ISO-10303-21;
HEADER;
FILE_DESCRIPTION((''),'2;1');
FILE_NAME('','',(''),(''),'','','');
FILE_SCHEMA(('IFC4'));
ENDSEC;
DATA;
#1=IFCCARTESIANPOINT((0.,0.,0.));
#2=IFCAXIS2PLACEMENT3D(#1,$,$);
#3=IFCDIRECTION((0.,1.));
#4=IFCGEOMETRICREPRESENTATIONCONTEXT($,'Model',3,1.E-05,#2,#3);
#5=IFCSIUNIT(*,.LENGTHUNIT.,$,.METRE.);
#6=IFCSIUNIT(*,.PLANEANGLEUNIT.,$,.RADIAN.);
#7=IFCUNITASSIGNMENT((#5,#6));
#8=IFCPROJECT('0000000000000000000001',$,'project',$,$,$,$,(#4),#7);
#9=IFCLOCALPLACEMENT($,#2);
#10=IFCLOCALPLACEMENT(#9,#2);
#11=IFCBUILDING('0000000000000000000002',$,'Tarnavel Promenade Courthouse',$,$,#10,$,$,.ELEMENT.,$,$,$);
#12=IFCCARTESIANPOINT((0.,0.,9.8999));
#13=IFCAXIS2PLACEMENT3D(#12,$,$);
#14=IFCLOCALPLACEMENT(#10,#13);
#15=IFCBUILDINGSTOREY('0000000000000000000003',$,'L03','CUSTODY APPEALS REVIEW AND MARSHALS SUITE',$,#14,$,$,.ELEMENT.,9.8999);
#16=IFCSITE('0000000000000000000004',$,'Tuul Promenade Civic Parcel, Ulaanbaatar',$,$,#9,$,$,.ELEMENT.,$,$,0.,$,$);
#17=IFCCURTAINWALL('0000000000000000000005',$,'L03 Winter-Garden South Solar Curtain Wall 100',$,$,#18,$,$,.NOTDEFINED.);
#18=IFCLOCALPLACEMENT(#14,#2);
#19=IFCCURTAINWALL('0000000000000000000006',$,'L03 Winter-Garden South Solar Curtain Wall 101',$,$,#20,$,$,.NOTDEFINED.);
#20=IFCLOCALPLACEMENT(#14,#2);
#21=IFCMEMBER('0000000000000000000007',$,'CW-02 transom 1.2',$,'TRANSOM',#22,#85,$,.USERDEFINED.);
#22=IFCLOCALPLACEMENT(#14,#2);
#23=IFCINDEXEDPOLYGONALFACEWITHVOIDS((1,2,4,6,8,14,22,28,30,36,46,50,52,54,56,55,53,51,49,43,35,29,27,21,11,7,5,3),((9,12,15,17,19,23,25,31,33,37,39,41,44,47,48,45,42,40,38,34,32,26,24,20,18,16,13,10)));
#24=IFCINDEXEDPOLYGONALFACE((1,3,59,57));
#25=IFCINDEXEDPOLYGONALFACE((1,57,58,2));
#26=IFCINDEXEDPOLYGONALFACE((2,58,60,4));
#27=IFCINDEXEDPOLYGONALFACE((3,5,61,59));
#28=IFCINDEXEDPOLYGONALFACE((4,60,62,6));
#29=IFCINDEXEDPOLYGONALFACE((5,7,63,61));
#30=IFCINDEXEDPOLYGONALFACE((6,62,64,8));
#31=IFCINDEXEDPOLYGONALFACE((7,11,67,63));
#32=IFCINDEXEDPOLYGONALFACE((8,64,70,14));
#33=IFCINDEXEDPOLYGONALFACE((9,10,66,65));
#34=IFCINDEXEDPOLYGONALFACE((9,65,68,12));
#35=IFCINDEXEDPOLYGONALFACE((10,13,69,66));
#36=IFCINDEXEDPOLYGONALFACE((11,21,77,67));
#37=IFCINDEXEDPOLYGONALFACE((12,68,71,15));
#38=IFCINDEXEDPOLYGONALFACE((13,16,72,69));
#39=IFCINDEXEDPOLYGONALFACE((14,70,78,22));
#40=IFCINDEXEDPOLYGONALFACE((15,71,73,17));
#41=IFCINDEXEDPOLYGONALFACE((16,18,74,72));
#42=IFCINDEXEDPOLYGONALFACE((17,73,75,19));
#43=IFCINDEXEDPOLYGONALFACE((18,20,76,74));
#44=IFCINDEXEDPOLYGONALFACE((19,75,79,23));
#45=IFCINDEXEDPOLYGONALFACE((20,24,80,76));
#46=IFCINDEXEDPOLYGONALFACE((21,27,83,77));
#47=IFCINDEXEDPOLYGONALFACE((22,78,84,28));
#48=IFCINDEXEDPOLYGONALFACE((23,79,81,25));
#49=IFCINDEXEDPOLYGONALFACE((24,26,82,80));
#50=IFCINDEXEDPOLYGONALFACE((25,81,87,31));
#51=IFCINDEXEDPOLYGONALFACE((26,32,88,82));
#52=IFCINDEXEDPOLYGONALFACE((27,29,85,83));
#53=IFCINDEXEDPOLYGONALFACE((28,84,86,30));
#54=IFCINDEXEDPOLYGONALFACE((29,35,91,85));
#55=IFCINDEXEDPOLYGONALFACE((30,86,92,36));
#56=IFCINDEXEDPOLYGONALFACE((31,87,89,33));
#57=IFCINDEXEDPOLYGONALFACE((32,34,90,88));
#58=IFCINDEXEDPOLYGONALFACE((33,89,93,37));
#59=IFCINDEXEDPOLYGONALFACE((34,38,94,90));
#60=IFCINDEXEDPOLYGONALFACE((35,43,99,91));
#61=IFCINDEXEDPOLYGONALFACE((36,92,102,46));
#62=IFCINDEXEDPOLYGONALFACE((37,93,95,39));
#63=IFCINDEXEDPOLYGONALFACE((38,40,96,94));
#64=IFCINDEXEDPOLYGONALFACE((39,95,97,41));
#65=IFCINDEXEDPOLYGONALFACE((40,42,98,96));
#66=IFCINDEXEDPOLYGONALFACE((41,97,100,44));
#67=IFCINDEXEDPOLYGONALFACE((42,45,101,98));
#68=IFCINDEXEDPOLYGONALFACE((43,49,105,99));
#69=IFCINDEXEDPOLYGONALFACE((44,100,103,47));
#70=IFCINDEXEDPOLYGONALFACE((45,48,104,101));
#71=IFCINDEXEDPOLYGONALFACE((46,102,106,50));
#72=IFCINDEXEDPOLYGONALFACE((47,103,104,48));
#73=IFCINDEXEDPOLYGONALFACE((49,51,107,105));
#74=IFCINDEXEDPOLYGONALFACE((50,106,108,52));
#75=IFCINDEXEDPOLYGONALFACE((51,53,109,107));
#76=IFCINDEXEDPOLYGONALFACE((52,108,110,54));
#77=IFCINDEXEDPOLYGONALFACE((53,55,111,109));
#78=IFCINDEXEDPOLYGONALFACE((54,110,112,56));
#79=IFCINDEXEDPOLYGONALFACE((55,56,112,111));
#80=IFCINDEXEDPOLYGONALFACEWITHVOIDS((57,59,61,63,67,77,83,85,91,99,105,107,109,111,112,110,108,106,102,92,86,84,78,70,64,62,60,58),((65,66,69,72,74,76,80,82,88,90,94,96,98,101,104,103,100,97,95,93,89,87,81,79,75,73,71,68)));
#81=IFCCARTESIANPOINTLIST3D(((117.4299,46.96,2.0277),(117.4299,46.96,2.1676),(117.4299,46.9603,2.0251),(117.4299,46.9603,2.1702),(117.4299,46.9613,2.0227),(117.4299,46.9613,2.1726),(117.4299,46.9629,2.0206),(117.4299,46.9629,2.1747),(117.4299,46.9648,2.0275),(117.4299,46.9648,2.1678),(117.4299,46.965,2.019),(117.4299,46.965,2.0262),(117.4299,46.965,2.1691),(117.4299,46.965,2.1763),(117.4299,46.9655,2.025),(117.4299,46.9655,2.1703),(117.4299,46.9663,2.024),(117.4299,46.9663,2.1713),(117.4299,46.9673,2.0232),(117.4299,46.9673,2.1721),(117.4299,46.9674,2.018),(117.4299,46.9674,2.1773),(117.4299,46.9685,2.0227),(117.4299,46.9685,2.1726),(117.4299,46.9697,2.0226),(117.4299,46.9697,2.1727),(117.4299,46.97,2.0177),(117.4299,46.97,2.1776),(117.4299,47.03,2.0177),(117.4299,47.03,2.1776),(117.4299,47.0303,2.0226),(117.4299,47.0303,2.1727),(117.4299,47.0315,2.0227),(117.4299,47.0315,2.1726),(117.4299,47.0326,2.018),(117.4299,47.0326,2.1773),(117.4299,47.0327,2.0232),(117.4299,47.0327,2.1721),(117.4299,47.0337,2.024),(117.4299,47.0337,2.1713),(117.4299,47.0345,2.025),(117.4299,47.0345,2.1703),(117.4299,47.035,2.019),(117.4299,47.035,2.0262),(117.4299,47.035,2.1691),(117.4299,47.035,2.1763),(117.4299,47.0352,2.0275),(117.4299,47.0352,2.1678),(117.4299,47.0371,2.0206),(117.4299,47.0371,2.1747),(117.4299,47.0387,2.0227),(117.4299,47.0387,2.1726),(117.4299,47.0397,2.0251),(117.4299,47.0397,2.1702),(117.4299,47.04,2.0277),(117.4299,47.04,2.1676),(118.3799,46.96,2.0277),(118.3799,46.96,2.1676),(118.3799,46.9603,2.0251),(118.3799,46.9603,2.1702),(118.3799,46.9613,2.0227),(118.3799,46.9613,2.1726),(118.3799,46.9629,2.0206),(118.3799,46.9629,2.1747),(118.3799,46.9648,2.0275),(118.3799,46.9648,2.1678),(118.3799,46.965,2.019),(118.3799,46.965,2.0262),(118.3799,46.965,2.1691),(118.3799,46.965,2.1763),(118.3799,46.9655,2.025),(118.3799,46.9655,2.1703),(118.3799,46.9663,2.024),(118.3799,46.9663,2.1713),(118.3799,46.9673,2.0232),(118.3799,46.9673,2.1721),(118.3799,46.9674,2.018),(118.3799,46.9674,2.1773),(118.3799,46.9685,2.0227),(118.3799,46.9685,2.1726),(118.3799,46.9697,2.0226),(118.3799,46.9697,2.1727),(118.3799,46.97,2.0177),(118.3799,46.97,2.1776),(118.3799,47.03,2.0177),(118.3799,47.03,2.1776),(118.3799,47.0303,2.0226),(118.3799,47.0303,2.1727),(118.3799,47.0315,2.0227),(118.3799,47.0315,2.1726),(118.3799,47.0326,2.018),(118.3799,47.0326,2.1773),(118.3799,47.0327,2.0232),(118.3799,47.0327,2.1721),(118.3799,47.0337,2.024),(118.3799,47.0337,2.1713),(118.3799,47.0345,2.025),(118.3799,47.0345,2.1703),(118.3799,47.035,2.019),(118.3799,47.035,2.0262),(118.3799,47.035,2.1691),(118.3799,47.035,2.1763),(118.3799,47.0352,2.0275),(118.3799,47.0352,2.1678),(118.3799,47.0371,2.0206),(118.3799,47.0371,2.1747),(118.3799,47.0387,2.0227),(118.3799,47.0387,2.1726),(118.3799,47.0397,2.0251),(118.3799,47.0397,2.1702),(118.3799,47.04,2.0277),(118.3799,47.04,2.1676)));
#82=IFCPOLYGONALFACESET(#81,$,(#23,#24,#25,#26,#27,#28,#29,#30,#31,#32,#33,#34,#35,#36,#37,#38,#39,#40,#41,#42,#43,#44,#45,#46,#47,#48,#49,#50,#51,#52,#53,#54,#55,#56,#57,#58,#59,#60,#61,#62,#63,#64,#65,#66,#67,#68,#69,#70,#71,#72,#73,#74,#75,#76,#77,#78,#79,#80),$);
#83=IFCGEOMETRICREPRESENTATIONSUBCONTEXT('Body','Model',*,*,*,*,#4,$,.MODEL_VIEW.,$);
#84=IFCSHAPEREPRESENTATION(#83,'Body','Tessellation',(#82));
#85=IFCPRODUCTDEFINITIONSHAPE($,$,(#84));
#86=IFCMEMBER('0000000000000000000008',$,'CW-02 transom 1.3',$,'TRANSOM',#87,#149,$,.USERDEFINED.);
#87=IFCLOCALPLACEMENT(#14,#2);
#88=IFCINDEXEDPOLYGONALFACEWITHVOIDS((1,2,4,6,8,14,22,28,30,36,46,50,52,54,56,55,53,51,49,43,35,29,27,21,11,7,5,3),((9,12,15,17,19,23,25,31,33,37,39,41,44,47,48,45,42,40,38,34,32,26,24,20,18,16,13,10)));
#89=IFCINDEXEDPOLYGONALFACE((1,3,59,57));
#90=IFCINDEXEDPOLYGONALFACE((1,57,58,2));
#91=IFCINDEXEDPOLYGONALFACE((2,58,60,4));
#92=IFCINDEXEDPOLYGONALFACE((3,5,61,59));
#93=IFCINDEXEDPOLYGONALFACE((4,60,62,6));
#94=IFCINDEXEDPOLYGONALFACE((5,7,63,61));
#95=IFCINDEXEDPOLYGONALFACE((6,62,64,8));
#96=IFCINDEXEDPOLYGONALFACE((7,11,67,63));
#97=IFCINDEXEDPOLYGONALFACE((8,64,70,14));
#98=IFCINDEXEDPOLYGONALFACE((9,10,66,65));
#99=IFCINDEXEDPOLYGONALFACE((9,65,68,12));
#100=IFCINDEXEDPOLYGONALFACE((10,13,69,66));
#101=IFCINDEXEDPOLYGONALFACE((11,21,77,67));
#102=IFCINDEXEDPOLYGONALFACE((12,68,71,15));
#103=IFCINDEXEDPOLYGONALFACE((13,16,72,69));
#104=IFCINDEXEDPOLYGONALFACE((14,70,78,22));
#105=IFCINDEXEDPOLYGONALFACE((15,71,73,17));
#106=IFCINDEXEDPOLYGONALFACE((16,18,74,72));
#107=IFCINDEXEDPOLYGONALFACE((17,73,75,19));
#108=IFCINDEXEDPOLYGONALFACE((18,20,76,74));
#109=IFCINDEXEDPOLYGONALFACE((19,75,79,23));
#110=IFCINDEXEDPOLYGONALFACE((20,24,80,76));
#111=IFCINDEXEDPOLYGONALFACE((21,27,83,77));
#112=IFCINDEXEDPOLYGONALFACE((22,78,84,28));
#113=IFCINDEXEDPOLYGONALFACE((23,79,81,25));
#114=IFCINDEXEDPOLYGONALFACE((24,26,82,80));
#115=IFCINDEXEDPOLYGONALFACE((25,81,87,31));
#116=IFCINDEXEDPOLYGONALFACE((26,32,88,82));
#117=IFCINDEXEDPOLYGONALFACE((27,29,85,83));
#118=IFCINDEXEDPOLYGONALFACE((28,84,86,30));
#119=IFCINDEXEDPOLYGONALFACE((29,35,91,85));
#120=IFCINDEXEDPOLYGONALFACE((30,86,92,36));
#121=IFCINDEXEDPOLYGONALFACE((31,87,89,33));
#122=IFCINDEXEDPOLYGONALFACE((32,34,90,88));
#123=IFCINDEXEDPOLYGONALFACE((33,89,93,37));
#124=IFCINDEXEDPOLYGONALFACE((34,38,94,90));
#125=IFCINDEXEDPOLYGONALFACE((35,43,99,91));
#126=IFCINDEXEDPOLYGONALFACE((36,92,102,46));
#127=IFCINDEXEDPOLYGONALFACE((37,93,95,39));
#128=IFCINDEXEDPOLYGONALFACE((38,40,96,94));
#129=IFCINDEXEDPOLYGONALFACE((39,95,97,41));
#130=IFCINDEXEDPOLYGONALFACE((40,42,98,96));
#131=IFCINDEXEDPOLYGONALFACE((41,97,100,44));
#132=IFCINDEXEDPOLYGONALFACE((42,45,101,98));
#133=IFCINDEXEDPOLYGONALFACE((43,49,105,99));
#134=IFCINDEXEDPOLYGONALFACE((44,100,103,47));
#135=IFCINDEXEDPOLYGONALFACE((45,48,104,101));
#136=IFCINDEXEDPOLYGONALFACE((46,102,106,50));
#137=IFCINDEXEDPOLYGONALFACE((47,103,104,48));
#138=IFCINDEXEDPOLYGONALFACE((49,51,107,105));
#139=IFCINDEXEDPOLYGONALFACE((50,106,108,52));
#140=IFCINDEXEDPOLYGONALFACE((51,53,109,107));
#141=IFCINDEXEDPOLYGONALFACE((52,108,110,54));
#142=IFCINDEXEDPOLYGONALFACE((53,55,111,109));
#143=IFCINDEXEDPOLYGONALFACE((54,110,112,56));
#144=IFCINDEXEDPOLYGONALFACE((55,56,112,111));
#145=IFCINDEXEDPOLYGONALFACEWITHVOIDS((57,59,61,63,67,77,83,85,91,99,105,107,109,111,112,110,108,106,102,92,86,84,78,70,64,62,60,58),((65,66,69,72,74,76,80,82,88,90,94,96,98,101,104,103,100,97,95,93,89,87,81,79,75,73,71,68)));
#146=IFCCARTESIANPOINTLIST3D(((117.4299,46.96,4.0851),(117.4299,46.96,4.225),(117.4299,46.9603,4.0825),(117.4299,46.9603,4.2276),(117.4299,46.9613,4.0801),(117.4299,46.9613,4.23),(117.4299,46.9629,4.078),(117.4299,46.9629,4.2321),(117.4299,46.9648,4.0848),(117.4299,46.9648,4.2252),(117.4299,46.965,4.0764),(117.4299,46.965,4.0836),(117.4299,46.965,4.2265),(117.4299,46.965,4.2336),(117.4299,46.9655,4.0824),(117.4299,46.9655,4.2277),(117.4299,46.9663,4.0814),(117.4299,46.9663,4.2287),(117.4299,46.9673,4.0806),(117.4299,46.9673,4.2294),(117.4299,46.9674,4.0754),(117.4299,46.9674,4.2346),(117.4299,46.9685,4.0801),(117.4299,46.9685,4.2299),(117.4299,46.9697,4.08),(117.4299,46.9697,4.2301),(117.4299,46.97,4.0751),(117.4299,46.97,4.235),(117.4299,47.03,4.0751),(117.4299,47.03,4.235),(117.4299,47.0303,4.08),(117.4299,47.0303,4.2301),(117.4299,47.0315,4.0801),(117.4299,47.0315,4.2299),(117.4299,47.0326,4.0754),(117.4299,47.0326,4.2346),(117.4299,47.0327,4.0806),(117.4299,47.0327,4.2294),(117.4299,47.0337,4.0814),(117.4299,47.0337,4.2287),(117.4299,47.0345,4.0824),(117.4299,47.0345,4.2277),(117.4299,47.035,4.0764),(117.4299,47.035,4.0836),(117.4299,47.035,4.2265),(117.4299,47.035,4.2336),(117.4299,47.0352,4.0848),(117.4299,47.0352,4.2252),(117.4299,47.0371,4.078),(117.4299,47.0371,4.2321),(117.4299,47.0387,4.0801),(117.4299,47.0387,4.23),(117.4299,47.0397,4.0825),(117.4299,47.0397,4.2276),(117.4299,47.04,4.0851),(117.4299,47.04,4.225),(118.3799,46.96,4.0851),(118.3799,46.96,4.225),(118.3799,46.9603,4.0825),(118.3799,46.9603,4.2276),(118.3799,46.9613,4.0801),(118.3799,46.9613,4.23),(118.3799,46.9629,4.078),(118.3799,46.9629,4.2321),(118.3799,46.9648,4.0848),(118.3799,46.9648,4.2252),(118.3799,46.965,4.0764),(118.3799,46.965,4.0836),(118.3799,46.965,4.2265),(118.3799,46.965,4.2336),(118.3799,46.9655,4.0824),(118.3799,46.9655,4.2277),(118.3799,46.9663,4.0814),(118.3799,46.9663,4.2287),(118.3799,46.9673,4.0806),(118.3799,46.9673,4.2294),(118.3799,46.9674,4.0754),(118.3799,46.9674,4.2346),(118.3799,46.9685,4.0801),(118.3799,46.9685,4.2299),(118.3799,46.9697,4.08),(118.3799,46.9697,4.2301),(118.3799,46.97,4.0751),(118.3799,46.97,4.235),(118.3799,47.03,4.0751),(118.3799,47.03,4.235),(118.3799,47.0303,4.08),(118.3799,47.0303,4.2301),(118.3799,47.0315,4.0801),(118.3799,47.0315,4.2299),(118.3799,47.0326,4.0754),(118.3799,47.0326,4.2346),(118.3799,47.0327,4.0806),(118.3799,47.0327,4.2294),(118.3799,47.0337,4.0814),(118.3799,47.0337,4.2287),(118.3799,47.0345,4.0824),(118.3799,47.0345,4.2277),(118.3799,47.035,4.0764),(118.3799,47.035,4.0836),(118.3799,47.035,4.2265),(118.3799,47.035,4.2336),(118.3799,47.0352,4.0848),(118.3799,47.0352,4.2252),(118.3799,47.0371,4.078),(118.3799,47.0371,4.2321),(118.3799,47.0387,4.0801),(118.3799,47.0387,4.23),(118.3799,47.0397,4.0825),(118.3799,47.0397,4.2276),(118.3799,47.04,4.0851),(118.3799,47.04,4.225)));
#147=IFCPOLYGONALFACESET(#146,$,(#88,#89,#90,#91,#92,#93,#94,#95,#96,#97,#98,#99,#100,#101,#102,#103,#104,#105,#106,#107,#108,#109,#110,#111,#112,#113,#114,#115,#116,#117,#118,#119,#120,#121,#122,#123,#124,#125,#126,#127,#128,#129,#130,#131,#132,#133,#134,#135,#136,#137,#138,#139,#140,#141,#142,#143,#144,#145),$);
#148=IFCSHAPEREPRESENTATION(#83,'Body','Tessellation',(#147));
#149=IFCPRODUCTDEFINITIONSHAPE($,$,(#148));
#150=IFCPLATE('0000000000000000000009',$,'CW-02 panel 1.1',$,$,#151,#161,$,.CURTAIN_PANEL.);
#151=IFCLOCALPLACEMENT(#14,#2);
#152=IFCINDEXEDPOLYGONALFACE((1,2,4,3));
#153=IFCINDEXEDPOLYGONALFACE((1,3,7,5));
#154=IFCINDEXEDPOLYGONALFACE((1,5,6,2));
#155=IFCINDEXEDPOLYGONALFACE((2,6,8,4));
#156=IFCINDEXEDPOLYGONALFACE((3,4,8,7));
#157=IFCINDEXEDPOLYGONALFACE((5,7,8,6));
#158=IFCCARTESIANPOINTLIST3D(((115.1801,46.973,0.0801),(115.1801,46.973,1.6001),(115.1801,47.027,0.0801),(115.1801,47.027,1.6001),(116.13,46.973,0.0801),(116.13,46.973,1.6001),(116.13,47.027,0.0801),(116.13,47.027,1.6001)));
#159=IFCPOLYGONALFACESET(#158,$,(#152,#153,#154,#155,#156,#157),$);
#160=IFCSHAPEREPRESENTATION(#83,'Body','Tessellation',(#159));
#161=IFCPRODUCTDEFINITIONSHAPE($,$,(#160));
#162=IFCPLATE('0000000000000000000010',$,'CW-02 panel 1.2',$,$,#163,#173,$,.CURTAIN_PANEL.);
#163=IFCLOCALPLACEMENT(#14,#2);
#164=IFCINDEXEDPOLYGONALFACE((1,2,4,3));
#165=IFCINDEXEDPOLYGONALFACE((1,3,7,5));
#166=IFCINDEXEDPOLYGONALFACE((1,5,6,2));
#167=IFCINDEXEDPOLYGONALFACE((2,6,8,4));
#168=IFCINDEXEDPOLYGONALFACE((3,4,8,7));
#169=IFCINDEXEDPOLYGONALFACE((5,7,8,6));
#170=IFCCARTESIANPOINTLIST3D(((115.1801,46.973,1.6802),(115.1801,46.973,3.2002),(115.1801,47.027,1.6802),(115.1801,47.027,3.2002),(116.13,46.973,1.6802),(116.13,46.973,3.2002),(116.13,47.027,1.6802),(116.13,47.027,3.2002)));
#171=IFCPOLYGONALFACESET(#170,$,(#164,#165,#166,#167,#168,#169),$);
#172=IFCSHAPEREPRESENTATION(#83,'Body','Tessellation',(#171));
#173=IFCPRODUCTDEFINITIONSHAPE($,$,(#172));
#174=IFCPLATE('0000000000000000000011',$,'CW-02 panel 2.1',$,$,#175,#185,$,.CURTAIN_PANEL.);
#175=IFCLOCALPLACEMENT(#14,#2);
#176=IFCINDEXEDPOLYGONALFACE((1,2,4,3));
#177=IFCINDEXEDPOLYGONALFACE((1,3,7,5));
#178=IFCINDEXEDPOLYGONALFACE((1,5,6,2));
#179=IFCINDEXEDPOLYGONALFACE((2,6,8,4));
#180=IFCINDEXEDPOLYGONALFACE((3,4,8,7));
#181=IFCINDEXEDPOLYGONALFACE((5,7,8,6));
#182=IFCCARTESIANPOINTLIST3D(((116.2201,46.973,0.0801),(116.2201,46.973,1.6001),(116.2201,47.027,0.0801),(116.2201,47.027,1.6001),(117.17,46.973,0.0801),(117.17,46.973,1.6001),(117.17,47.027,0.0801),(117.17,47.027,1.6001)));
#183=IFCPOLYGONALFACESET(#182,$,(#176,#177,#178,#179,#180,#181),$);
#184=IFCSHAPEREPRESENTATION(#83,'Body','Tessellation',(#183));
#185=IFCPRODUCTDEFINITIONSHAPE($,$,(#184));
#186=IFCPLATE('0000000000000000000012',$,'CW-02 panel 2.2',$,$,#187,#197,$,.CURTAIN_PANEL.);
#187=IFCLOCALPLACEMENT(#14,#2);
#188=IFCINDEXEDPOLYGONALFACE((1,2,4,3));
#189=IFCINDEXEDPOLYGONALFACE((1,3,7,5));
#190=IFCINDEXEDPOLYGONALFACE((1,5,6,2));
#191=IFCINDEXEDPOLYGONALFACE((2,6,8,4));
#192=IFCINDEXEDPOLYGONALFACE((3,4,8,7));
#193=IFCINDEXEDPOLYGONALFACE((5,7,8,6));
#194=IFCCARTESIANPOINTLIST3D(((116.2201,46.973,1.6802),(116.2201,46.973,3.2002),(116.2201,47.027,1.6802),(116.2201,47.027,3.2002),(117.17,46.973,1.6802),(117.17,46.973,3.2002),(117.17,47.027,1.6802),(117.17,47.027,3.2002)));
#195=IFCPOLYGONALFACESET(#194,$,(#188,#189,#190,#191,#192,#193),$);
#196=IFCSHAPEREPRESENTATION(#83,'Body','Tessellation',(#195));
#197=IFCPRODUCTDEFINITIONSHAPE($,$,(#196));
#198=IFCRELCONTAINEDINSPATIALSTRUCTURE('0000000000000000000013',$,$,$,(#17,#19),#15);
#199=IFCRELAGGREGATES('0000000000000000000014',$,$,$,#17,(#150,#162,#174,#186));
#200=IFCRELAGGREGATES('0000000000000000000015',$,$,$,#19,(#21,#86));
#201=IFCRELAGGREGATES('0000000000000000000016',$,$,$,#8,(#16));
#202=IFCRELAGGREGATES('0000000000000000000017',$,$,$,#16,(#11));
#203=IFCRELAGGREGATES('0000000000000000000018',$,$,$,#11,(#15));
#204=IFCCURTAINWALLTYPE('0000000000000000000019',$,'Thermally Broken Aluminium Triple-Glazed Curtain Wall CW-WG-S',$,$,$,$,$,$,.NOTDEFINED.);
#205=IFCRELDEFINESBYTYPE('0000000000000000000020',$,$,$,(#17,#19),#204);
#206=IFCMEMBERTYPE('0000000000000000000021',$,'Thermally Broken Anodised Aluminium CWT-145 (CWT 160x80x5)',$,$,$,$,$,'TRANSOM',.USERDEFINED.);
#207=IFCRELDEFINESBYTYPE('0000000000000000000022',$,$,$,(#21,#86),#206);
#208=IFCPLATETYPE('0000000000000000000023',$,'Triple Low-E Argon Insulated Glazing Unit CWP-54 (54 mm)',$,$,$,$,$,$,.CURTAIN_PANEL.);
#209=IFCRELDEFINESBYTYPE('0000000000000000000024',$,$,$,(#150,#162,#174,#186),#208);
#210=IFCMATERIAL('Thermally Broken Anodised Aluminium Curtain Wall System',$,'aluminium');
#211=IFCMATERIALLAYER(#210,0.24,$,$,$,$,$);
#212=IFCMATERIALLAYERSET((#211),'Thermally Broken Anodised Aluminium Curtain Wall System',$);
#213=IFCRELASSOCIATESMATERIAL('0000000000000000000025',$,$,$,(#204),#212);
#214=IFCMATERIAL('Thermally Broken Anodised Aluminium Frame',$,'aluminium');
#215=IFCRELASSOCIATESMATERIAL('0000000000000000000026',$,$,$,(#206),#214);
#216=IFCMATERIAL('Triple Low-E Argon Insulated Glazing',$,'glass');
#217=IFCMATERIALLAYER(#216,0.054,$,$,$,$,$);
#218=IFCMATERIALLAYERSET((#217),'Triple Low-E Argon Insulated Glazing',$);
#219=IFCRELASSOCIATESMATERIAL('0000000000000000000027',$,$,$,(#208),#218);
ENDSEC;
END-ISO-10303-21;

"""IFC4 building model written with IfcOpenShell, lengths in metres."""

from ifc_helpers import new_model, si_unit, direction, frame, origin, origin_2d, place, context, subcontext, project, spatial, rectangle, hollow_rectangle, extrude, material, layer, layer_set, material_profile, profile_set, type_object, element, aggregate, save


model = new_model("IFC4")

# Units and contexts
model_context = context("Model", 3, precision=1e-05, world=origin(), true_north=direction((0.0, 1.0)))
body_context = subcontext(model_context, "Body", "Model", "MODEL_VIEW")
ifc_project = project(units=[si_unit("LENGTHUNIT", "METRE"), si_unit("PLANEANGLEUNIT", "RADIAN")], contexts=[model_context])

# Site, building, storey
site_placement = place(None, origin())
site = spatial("IfcSite", under=ifc_project, at=site_placement, Name="Tuul Promenade Civic Parcel, Ulaanbaatar", CompositionType="ELEMENT", RefElevation=0.0)
building_placement = place(site_placement, origin())
building = spatial("IfcBuilding", under=site, at=building_placement, Name="Tarnavel Promenade Courthouse", CompositionType="ELEMENT")
storey_placement = place(building_placement, frame((0.0, 0.0, 9.8999)))
storey = spatial("IfcBuildingStorey", under=building, at=storey_placement, Name="L03", Description="CUSTODY APPEALS REVIEW AND MARSHALS SUITE", CompositionType="ELEMENT", Elevation=9.8999)

# Curtain walls
ifc_material_1 = material(Name="Thermally Broken Anodised Aluminium Curtain Wall System", Category="aluminium")
ifc_layer_1 = layer(ifc_material_1, 0.24)
ifc_layer_set_1 = layer_set([ifc_layer_1], Name="Thermally Broken Anodised Aluminium Curtain Wall System")
curtain_wall_type = type_object("IfcCurtainWallType", Name="Thermally Broken Aluminium Triple-Glazed Curtain Wall CW-WG-S", PredefinedType="NOTDEFINED", material=ifc_layer_set_1)
curtain_wall_1_placement = place(storey_placement, origin())
curtain_wall_1 = element("IfcCurtainWall", 1, at=curtain_wall_1_placement, inside=storey, type_object=curtain_wall_type, Name="L03 Winter-Garden South Solar Curtain Wall 100", PredefinedType="NOTDEFINED")
ifc_material_2 = material(Name="Thermally Broken Anodised Aluminium Frame", Category="aluminium")
curtain_wall_2_placement = place(storey_placement, origin())
curtain_wall_2 = element("IfcCurtainWall", 2, at=curtain_wall_2_placement, inside=storey, type_object=curtain_wall_type, Name="L03 Winter-Garden South Solar Curtain Wall 101", PredefinedType="NOTDEFINED")

# Members
ifc_material_profile_1 = material_profile(ifc_material_2, hollow_rectangle(XDim=0.0801, YDim=0.1599, WallThickness=0.0049, InnerFilletRadius=0.0049, OuterFilletRadius=0.01, at=origin_2d()), Name="CWT 160x80x5")
ifc_profile_set_1 = profile_set([ifc_material_profile_1], Name="Thermally Broken Anodised Aluminium Frame")
member_type_1 = type_object("IfcMemberType", Name="Thermally Broken Anodised Aluminium CWT-145 (CWT 160x80x5)", ElementType="TRANSOM", PredefinedType="USERDEFINED", material=ifc_profile_set_1)
member_1_placement = place(storey_placement, frame((117.4299, 47.0, 2.0977), z_axis=(1.0, 0.0, 0.0), x_axis=(0.0, 1.0, 0.0)))
member_1 = element("IfcMember", 3, at=member_1_placement, type_object=member_type_1, Name="CW-02 transom 1.2", ObjectType="TRANSOM", PredefinedType="USERDEFINED", context=body_context, shape_type="SweptSolid", body=[
    extrude(hollow_rectangle(XDim=0.0801, YDim=0.1599, WallThickness=0.0049, InnerFilletRadius=0.0049, OuterFilletRadius=0.01, at=origin_2d()), origin(), (0.0, 0.0, 1.0), 0.95),
])
member_2_placement = place(storey_placement, frame((117.4299, 47.0, 4.155), z_axis=(1.0, 0.0, 0.0), x_axis=(0.0, 1.0, 0.0)))
member_2 = element("IfcMember", 4, at=member_2_placement, type_object=member_type_1, Name="CW-02 transom 1.3", ObjectType="TRANSOM", PredefinedType="USERDEFINED", context=body_context, shape_type="SweptSolid", body=[
    extrude(hollow_rectangle(XDim=0.0801, YDim=0.1599, WallThickness=0.0049, InnerFilletRadius=0.0049, OuterFilletRadius=0.01, at=origin_2d()), origin(), (0.0, 0.0, 1.0), 0.95),
])

# Plates
ifc_material_3 = material(Name="Triple Low-E Argon Insulated Glazing", Category="glass")
ifc_layer_2 = layer(ifc_material_3, 0.054)
ifc_layer_set_2 = layer_set([ifc_layer_2], Name="Triple Low-E Argon Insulated Glazing")
plate_type = type_object("IfcPlateType", Name="Triple Low-E Argon Insulated Glazing Unit CWP-54 (54 mm)", PredefinedType="CURTAIN_PANEL", material=ifc_layer_set_2)
plate_1_placement = place(storey_placement, frame((115.655, 47.0, 0.0801), z_axis=(0.0, 0.0, 1.0), x_axis=(1.0, 0.0, 0.0)))
plate_1 = element("IfcPlate", 5, at=plate_1_placement, type_object=plate_type, Name="CW-02 panel 1.1", PredefinedType="CURTAIN_PANEL", context=body_context, shape_type="SweptSolid", body=[
    extrude(rectangle(XDim=0.95, YDim=0.054, at=origin_2d()), origin(), (0.0, 0.0, 1.0), 1.52),
])
plate_2_placement = place(storey_placement, frame((115.655, 47.0, 1.6802), z_axis=(0.0, 0.0, 1.0), x_axis=(1.0, 0.0, 0.0)))
plate_2 = element("IfcPlate", 6, at=plate_2_placement, type_object=plate_type, Name="CW-02 panel 1.2", PredefinedType="CURTAIN_PANEL", context=body_context, shape_type="SweptSolid", body=[
    extrude(rectangle(XDim=0.95, YDim=0.054, at=origin_2d()), origin(), (0.0, 0.0, 1.0), 1.52),
])
plate_3_placement = place(storey_placement, frame((116.6951, 47.0, 0.0801), z_axis=(0.0, 0.0, 1.0), x_axis=(1.0, 0.0, 0.0)))
plate_3 = element("IfcPlate", 7, at=plate_3_placement, type_object=plate_type, Name="CW-02 panel 2.1", PredefinedType="CURTAIN_PANEL", context=body_context, shape_type="SweptSolid", body=[
    extrude(rectangle(XDim=0.95, YDim=0.054, at=origin_2d()), origin(), (0.0, 0.0, 1.0), 1.52),
])
plate_4_placement = place(storey_placement, frame((116.6951, 47.0, 1.6802), z_axis=(0.0, 0.0, 1.0), x_axis=(1.0, 0.0, 0.0)))
plate_4 = element("IfcPlate", 8, at=plate_4_placement, type_object=plate_type, Name="CW-02 panel 2.2", PredefinedType="CURTAIN_PANEL", context=body_context, shape_type="SweptSolid", body=[
    extrude(rectangle(XDim=0.95, YDim=0.054, at=origin_2d()), origin(), (0.0, 0.0, 1.0), 1.52),
])
aggregate(curtain_wall_1, [plate_1, plate_2, plate_3, plate_4])
aggregate(curtain_wall_2, [member_1, member_2])

save(model, "model.ifc")
